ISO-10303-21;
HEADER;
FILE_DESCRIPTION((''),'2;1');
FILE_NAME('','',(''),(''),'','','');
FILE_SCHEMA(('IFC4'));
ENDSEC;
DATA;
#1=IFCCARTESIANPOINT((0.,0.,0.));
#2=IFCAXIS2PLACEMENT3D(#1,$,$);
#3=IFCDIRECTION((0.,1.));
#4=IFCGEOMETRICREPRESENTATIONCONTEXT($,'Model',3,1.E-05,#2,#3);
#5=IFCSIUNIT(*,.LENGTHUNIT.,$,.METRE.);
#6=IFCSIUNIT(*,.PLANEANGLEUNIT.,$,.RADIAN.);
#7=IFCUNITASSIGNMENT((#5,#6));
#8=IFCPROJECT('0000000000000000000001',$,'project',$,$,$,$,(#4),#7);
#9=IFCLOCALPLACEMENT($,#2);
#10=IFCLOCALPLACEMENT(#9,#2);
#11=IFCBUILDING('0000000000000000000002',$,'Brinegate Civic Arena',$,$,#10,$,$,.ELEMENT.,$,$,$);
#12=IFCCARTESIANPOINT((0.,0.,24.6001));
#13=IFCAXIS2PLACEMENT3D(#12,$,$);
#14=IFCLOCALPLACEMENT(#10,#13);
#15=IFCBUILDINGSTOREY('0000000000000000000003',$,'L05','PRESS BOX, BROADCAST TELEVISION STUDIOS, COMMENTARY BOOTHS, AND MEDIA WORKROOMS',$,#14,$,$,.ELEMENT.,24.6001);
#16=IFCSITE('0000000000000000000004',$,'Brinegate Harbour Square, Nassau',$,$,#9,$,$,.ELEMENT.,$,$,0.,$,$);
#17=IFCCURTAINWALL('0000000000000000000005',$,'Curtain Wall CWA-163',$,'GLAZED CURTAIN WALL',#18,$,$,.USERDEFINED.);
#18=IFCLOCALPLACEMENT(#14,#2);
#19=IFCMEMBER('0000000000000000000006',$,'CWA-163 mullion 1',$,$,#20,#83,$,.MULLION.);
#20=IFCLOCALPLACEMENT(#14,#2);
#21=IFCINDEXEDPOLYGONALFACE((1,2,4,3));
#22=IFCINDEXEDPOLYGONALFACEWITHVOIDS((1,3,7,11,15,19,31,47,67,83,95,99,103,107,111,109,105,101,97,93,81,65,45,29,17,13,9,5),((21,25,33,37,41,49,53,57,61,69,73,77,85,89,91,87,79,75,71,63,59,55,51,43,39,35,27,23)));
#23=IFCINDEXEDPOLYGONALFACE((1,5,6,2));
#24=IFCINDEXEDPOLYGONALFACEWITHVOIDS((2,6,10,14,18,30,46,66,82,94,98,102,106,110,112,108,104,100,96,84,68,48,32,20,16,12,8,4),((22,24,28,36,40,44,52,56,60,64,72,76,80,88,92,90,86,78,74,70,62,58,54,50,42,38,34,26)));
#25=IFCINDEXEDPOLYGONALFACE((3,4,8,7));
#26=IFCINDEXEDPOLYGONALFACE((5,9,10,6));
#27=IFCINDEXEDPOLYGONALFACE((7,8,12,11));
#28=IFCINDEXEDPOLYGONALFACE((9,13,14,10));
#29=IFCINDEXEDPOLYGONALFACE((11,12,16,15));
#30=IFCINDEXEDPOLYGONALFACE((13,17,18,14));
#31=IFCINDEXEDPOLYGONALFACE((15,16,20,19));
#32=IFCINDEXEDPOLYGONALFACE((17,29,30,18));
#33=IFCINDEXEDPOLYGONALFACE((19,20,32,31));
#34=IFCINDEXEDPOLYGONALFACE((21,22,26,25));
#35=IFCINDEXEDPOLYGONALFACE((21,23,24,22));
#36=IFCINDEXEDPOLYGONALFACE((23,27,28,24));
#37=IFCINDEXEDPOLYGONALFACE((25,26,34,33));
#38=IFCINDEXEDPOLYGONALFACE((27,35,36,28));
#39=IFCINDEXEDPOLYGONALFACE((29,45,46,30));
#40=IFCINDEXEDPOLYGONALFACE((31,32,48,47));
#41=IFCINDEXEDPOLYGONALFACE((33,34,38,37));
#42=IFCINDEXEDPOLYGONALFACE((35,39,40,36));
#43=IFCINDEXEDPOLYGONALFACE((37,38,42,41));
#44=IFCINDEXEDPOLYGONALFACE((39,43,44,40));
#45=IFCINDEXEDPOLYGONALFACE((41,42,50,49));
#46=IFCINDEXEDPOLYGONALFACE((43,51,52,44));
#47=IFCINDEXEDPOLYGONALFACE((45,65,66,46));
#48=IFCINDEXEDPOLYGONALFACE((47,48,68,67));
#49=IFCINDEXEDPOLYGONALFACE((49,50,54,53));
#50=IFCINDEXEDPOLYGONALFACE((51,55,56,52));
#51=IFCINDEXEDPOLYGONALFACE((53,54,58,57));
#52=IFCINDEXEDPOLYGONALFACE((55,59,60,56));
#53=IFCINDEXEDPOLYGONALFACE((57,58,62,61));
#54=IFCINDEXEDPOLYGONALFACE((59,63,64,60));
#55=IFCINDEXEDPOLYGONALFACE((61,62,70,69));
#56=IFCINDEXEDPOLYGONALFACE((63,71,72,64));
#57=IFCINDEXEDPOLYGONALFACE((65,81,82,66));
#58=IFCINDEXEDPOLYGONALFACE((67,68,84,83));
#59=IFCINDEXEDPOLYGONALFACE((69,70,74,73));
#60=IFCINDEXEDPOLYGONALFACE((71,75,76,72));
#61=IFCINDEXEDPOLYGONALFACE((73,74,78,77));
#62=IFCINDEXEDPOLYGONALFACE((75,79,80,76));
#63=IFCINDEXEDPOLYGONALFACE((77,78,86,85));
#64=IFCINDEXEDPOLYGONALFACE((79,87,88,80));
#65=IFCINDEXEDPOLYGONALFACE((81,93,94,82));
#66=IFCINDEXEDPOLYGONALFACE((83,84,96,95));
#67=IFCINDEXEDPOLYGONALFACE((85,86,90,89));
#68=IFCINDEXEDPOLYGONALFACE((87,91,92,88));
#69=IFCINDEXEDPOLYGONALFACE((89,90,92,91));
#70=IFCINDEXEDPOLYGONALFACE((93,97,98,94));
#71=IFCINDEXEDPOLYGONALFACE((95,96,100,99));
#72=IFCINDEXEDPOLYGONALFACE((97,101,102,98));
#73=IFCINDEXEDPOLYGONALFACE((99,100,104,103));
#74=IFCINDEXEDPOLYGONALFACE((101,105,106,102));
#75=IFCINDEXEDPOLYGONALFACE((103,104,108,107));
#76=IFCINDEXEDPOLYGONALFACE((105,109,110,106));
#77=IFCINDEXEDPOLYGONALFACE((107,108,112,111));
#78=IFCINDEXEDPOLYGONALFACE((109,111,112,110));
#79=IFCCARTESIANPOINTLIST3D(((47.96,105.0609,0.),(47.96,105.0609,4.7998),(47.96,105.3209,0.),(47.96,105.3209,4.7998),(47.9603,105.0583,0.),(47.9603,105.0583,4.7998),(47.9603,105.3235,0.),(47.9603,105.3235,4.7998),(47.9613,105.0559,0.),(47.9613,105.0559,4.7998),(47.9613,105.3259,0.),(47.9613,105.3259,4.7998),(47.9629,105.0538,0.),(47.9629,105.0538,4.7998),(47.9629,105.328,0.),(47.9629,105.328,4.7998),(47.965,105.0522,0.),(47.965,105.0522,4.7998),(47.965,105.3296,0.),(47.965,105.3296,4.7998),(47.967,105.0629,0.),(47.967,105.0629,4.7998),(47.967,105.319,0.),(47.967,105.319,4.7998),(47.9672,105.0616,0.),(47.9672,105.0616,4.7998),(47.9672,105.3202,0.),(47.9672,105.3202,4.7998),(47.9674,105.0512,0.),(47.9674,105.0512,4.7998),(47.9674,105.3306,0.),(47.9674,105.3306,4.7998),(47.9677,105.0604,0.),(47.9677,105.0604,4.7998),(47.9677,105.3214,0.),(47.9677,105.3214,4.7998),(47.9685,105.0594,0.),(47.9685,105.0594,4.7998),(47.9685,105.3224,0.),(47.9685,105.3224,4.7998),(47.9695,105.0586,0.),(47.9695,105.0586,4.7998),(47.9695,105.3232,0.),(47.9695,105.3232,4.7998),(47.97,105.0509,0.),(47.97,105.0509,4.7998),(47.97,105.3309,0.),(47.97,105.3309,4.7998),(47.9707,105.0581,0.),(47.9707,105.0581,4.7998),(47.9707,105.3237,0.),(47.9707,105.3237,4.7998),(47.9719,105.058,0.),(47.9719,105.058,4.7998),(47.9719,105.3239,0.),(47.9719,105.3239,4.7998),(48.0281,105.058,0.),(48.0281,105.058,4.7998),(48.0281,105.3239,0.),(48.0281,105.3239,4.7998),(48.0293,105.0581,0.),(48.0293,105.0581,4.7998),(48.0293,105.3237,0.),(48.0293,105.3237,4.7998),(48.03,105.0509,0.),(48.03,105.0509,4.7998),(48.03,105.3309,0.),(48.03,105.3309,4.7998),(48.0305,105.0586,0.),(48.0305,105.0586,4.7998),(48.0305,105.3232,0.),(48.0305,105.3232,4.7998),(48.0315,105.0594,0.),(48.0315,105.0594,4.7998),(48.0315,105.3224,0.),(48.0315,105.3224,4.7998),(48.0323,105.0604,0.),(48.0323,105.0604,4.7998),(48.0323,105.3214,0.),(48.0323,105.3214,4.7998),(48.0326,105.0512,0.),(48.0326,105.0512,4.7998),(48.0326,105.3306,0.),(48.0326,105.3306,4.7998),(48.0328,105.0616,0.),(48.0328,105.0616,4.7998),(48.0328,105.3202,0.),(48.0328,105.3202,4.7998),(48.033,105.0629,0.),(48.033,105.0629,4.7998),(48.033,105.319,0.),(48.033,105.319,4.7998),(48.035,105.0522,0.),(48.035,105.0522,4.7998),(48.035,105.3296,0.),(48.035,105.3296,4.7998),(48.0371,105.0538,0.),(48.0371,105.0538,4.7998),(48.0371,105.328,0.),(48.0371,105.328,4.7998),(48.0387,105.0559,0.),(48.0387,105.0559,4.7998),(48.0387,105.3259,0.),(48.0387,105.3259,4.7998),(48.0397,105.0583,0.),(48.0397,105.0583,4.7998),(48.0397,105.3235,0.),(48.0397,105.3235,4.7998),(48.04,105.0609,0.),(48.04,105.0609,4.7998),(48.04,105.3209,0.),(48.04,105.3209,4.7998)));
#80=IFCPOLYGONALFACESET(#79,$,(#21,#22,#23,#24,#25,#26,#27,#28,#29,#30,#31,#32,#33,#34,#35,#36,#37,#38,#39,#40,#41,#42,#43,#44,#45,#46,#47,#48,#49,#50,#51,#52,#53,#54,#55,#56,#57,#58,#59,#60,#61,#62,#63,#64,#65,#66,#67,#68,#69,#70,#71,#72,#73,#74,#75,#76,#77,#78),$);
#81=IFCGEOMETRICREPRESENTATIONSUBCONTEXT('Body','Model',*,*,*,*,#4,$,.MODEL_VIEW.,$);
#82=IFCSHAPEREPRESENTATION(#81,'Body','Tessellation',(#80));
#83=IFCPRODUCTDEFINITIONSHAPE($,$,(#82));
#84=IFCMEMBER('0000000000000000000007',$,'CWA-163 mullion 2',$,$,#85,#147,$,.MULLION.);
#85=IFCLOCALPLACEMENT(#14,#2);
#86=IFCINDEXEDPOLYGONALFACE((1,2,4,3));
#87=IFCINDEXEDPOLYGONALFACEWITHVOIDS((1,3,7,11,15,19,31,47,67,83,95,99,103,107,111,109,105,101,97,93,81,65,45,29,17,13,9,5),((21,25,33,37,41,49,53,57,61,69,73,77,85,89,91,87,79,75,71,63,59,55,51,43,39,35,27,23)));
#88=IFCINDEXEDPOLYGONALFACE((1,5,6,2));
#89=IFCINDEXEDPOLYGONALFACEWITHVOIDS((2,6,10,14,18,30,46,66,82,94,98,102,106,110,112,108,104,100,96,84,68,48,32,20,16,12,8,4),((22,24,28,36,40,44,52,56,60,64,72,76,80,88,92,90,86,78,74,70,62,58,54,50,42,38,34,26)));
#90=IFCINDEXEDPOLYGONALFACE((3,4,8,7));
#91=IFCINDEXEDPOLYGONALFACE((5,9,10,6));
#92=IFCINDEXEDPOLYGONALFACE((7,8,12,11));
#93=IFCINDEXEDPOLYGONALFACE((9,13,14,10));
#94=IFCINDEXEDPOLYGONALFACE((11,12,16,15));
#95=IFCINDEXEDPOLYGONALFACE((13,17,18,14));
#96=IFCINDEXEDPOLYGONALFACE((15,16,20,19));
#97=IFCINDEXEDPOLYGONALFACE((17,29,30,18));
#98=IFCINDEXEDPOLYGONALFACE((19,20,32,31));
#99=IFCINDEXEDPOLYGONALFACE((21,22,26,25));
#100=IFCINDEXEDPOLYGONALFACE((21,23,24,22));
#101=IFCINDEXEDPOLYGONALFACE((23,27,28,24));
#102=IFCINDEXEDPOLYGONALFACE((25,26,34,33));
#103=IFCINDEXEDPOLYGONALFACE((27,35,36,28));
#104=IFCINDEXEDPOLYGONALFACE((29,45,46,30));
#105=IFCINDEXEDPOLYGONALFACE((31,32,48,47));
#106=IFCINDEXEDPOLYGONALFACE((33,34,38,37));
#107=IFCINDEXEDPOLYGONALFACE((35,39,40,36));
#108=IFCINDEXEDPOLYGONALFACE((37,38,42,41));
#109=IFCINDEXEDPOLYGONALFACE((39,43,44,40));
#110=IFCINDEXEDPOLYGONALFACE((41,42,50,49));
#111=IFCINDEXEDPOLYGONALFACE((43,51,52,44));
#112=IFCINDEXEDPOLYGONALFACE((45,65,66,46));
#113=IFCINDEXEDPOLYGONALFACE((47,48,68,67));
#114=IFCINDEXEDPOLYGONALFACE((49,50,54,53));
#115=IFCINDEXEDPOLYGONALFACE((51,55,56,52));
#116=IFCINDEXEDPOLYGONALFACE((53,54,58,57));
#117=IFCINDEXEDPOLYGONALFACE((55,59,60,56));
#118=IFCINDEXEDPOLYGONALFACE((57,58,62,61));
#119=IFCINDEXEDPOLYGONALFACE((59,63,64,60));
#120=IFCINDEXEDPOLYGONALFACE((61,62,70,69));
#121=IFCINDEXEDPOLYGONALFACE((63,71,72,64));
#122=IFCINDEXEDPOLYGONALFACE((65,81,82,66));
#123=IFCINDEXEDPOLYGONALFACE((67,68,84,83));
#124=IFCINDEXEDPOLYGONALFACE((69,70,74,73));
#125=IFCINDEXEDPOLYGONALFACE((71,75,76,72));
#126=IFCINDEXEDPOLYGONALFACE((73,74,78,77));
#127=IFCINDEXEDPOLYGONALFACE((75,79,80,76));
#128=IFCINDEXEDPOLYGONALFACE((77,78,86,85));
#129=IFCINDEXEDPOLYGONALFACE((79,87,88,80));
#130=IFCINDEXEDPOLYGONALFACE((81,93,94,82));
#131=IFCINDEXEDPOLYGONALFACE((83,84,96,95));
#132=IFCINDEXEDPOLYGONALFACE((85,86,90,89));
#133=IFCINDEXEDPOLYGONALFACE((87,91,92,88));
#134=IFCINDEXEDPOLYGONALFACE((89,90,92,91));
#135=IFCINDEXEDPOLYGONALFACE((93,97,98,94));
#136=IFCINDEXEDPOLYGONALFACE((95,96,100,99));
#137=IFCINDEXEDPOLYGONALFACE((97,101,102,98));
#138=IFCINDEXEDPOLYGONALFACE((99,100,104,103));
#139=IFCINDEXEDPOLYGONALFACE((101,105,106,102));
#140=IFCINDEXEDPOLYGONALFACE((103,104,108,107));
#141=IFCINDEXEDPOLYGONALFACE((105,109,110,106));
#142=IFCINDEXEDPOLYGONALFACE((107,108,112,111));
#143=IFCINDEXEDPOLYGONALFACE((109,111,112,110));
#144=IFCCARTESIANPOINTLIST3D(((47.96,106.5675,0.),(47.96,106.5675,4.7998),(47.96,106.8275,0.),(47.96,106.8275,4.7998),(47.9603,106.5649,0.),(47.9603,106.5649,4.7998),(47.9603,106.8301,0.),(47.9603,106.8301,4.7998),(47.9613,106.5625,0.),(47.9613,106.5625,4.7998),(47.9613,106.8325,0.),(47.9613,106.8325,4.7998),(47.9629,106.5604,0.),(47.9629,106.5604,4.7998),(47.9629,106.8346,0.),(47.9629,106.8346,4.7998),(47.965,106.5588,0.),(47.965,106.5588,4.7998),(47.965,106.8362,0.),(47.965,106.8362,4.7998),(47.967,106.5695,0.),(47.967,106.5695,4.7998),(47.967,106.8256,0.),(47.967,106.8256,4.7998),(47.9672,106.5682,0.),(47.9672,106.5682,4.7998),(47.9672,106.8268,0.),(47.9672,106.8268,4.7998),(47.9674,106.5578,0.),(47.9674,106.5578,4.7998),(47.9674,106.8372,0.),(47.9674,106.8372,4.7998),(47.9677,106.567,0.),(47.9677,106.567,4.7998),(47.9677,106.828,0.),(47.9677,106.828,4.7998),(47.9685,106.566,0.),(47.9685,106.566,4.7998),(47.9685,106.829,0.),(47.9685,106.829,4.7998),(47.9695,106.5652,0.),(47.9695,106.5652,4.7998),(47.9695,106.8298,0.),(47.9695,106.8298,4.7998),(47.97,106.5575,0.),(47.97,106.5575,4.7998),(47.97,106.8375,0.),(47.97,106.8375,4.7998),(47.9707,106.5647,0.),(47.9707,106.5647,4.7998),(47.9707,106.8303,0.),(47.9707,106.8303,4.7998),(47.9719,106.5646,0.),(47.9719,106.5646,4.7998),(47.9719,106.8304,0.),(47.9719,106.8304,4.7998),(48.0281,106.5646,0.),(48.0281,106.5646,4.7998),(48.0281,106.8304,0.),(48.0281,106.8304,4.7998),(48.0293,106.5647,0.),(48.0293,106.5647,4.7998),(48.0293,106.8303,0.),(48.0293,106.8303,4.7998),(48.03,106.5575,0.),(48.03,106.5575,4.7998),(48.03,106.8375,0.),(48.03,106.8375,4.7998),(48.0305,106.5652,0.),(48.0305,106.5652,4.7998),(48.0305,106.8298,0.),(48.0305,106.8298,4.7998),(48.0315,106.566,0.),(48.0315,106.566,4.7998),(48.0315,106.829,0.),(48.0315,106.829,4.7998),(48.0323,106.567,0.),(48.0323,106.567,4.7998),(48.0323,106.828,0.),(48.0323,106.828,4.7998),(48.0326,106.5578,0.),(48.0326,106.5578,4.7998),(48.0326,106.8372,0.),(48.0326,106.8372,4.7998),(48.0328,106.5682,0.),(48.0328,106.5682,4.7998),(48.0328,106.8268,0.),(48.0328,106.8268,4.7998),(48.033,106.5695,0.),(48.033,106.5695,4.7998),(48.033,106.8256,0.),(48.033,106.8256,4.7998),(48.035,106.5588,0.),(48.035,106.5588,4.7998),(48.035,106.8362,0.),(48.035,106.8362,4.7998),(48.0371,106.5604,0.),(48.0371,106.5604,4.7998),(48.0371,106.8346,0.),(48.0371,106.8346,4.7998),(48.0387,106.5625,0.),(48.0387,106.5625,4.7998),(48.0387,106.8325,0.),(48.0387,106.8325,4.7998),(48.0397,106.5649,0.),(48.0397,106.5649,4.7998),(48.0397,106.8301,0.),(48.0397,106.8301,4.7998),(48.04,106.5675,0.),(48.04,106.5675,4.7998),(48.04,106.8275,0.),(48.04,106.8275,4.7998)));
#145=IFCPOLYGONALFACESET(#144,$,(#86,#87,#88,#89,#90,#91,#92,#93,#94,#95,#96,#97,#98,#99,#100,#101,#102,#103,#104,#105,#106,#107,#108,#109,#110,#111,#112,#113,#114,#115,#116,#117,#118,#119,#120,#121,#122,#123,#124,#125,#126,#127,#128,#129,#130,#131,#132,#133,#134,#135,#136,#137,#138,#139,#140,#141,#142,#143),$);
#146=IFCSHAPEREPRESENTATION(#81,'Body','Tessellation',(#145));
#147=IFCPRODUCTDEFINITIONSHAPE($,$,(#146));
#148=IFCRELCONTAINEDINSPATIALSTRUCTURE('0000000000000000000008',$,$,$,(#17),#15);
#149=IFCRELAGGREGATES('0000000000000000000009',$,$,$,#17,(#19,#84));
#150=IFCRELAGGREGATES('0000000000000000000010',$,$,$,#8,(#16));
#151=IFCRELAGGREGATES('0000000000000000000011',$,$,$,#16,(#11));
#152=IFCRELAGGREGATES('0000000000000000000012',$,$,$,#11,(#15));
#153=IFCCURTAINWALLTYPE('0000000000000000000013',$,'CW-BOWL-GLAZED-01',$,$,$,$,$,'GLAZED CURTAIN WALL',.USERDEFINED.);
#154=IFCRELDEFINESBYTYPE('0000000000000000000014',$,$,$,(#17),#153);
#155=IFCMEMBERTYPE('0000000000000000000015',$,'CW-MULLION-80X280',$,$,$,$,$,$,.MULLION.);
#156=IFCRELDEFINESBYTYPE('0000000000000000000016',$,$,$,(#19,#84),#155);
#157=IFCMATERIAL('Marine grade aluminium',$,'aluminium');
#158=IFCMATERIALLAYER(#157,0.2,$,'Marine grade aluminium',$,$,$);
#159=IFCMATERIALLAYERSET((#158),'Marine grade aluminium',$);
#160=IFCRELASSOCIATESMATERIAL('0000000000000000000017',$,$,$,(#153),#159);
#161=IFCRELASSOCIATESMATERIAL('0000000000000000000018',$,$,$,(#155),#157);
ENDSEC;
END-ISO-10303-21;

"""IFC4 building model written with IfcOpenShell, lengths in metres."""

from ifc_helpers import new_model, si_unit, direction, frame, origin, origin_2d, place, context, subcontext, project, spatial, hollow_rectangle, extrude, material, layer, layer_set, material_profile, profile_set, type_object, element, aggregate, save


model = new_model("IFC4")

# Units and contexts
model_context = context("Model", 3, precision=1e-05, world=origin(), true_north=direction((0.0, 1.0)))
body_context = subcontext(model_context, "Body", "Model", "MODEL_VIEW")
ifc_project = project(units=[si_unit("LENGTHUNIT", "METRE"), si_unit("PLANEANGLEUNIT", "RADIAN")], contexts=[model_context])

# Site, building, storey
site_placement = place(None, origin())
site = spatial("IfcSite", under=ifc_project, at=site_placement, Name="Brinegate Harbour Square, Nassau", CompositionType="ELEMENT", RefElevation=0.0)
building_placement = place(site_placement, origin())
building = spatial("IfcBuilding", under=site, at=building_placement, Name="Brinegate Civic Arena", CompositionType="ELEMENT")
storey_placement = place(building_placement, frame((0.0, 0.0, 24.6001)))
storey = spatial("IfcBuildingStorey", under=building, at=storey_placement, Name="L05", Description="PRESS BOX, BROADCAST TELEVISION STUDIOS, COMMENTARY BOOTHS, AND MEDIA WORKROOMS", CompositionType="ELEMENT", Elevation=24.6001)

# Curtain wall, members
ifc_material_1 = material(Name="Marine grade aluminium", Category="aluminium")
ifc_layer_1 = layer(ifc_material_1, 0.2, Name="Marine grade aluminium")
ifc_layer_set_1 = layer_set([ifc_layer_1], Name="Marine grade aluminium")
curtain_wall_type = type_object("IfcCurtainWallType", Name="CW-BOWL-GLAZED-01", ElementType="GLAZED CURTAIN WALL", PredefinedType="USERDEFINED", material=ifc_layer_set_1)
curtain_wall_placement = place(storey_placement, origin())
curtain_wall = element("IfcCurtainWall", 1, at=curtain_wall_placement, inside=storey, type_object=curtain_wall_type, Name="Curtain Wall CWA-163", ObjectType="GLAZED CURTAIN WALL", PredefinedType="USERDEFINED")
ifc_material_profile_1 = material_profile(ifc_material_1, hollow_rectangle(XDim=0.0801, YDim=0.28, WallThickness=0.0071, InnerFilletRadius=0.0049, OuterFilletRadius=0.01, at=origin_2d()), Name="MUL80X280")
ifc_profile_set_1 = profile_set([ifc_material_profile_1], Name="Marine grade aluminium")
member_type_1 = type_object("IfcMemberType", Name="CW-MULLION-80X280", PredefinedType="MULLION", material=ifc_profile_set_1)
member_1_placement = place(storey_placement, frame((48.0, 105.1909, 0.0), z_axis=(0.0, 0.0, 1.0), x_axis=(-1.0, 0.0, 0.0)))
member_1 = element("IfcMember", 2, at=member_1_placement, type_object=member_type_1, Name="CWA-163 mullion 1", PredefinedType="MULLION", context=body_context, shape_type="SweptSolid", body=[
    extrude(hollow_rectangle(XDim=0.0801, YDim=0.28, WallThickness=0.0071, InnerFilletRadius=0.0049, OuterFilletRadius=0.01, at=origin_2d()), origin(), (0.0, 0.0, 1.0), 4.7998),
])
member_2_placement = place(storey_placement, frame((48.0, 106.6975, 0.0), z_axis=(0.0, 0.0, 1.0), x_axis=(-1.0, 0.0, 0.0)))
member_2 = element("IfcMember", 3, at=member_2_placement, type_object=member_type_1, Name="CWA-163 mullion 2", PredefinedType="MULLION", context=body_context, shape_type="SweptSolid", body=[
    extrude(hollow_rectangle(XDim=0.0801, YDim=0.28, WallThickness=0.0071, InnerFilletRadius=0.0049, OuterFilletRadius=0.01, at=origin_2d()), origin(), (0.0, 0.0, 1.0), 4.7998),
])

aggregate(curtain_wall, [member_1, member_2])

save(model, "model.ifc")
